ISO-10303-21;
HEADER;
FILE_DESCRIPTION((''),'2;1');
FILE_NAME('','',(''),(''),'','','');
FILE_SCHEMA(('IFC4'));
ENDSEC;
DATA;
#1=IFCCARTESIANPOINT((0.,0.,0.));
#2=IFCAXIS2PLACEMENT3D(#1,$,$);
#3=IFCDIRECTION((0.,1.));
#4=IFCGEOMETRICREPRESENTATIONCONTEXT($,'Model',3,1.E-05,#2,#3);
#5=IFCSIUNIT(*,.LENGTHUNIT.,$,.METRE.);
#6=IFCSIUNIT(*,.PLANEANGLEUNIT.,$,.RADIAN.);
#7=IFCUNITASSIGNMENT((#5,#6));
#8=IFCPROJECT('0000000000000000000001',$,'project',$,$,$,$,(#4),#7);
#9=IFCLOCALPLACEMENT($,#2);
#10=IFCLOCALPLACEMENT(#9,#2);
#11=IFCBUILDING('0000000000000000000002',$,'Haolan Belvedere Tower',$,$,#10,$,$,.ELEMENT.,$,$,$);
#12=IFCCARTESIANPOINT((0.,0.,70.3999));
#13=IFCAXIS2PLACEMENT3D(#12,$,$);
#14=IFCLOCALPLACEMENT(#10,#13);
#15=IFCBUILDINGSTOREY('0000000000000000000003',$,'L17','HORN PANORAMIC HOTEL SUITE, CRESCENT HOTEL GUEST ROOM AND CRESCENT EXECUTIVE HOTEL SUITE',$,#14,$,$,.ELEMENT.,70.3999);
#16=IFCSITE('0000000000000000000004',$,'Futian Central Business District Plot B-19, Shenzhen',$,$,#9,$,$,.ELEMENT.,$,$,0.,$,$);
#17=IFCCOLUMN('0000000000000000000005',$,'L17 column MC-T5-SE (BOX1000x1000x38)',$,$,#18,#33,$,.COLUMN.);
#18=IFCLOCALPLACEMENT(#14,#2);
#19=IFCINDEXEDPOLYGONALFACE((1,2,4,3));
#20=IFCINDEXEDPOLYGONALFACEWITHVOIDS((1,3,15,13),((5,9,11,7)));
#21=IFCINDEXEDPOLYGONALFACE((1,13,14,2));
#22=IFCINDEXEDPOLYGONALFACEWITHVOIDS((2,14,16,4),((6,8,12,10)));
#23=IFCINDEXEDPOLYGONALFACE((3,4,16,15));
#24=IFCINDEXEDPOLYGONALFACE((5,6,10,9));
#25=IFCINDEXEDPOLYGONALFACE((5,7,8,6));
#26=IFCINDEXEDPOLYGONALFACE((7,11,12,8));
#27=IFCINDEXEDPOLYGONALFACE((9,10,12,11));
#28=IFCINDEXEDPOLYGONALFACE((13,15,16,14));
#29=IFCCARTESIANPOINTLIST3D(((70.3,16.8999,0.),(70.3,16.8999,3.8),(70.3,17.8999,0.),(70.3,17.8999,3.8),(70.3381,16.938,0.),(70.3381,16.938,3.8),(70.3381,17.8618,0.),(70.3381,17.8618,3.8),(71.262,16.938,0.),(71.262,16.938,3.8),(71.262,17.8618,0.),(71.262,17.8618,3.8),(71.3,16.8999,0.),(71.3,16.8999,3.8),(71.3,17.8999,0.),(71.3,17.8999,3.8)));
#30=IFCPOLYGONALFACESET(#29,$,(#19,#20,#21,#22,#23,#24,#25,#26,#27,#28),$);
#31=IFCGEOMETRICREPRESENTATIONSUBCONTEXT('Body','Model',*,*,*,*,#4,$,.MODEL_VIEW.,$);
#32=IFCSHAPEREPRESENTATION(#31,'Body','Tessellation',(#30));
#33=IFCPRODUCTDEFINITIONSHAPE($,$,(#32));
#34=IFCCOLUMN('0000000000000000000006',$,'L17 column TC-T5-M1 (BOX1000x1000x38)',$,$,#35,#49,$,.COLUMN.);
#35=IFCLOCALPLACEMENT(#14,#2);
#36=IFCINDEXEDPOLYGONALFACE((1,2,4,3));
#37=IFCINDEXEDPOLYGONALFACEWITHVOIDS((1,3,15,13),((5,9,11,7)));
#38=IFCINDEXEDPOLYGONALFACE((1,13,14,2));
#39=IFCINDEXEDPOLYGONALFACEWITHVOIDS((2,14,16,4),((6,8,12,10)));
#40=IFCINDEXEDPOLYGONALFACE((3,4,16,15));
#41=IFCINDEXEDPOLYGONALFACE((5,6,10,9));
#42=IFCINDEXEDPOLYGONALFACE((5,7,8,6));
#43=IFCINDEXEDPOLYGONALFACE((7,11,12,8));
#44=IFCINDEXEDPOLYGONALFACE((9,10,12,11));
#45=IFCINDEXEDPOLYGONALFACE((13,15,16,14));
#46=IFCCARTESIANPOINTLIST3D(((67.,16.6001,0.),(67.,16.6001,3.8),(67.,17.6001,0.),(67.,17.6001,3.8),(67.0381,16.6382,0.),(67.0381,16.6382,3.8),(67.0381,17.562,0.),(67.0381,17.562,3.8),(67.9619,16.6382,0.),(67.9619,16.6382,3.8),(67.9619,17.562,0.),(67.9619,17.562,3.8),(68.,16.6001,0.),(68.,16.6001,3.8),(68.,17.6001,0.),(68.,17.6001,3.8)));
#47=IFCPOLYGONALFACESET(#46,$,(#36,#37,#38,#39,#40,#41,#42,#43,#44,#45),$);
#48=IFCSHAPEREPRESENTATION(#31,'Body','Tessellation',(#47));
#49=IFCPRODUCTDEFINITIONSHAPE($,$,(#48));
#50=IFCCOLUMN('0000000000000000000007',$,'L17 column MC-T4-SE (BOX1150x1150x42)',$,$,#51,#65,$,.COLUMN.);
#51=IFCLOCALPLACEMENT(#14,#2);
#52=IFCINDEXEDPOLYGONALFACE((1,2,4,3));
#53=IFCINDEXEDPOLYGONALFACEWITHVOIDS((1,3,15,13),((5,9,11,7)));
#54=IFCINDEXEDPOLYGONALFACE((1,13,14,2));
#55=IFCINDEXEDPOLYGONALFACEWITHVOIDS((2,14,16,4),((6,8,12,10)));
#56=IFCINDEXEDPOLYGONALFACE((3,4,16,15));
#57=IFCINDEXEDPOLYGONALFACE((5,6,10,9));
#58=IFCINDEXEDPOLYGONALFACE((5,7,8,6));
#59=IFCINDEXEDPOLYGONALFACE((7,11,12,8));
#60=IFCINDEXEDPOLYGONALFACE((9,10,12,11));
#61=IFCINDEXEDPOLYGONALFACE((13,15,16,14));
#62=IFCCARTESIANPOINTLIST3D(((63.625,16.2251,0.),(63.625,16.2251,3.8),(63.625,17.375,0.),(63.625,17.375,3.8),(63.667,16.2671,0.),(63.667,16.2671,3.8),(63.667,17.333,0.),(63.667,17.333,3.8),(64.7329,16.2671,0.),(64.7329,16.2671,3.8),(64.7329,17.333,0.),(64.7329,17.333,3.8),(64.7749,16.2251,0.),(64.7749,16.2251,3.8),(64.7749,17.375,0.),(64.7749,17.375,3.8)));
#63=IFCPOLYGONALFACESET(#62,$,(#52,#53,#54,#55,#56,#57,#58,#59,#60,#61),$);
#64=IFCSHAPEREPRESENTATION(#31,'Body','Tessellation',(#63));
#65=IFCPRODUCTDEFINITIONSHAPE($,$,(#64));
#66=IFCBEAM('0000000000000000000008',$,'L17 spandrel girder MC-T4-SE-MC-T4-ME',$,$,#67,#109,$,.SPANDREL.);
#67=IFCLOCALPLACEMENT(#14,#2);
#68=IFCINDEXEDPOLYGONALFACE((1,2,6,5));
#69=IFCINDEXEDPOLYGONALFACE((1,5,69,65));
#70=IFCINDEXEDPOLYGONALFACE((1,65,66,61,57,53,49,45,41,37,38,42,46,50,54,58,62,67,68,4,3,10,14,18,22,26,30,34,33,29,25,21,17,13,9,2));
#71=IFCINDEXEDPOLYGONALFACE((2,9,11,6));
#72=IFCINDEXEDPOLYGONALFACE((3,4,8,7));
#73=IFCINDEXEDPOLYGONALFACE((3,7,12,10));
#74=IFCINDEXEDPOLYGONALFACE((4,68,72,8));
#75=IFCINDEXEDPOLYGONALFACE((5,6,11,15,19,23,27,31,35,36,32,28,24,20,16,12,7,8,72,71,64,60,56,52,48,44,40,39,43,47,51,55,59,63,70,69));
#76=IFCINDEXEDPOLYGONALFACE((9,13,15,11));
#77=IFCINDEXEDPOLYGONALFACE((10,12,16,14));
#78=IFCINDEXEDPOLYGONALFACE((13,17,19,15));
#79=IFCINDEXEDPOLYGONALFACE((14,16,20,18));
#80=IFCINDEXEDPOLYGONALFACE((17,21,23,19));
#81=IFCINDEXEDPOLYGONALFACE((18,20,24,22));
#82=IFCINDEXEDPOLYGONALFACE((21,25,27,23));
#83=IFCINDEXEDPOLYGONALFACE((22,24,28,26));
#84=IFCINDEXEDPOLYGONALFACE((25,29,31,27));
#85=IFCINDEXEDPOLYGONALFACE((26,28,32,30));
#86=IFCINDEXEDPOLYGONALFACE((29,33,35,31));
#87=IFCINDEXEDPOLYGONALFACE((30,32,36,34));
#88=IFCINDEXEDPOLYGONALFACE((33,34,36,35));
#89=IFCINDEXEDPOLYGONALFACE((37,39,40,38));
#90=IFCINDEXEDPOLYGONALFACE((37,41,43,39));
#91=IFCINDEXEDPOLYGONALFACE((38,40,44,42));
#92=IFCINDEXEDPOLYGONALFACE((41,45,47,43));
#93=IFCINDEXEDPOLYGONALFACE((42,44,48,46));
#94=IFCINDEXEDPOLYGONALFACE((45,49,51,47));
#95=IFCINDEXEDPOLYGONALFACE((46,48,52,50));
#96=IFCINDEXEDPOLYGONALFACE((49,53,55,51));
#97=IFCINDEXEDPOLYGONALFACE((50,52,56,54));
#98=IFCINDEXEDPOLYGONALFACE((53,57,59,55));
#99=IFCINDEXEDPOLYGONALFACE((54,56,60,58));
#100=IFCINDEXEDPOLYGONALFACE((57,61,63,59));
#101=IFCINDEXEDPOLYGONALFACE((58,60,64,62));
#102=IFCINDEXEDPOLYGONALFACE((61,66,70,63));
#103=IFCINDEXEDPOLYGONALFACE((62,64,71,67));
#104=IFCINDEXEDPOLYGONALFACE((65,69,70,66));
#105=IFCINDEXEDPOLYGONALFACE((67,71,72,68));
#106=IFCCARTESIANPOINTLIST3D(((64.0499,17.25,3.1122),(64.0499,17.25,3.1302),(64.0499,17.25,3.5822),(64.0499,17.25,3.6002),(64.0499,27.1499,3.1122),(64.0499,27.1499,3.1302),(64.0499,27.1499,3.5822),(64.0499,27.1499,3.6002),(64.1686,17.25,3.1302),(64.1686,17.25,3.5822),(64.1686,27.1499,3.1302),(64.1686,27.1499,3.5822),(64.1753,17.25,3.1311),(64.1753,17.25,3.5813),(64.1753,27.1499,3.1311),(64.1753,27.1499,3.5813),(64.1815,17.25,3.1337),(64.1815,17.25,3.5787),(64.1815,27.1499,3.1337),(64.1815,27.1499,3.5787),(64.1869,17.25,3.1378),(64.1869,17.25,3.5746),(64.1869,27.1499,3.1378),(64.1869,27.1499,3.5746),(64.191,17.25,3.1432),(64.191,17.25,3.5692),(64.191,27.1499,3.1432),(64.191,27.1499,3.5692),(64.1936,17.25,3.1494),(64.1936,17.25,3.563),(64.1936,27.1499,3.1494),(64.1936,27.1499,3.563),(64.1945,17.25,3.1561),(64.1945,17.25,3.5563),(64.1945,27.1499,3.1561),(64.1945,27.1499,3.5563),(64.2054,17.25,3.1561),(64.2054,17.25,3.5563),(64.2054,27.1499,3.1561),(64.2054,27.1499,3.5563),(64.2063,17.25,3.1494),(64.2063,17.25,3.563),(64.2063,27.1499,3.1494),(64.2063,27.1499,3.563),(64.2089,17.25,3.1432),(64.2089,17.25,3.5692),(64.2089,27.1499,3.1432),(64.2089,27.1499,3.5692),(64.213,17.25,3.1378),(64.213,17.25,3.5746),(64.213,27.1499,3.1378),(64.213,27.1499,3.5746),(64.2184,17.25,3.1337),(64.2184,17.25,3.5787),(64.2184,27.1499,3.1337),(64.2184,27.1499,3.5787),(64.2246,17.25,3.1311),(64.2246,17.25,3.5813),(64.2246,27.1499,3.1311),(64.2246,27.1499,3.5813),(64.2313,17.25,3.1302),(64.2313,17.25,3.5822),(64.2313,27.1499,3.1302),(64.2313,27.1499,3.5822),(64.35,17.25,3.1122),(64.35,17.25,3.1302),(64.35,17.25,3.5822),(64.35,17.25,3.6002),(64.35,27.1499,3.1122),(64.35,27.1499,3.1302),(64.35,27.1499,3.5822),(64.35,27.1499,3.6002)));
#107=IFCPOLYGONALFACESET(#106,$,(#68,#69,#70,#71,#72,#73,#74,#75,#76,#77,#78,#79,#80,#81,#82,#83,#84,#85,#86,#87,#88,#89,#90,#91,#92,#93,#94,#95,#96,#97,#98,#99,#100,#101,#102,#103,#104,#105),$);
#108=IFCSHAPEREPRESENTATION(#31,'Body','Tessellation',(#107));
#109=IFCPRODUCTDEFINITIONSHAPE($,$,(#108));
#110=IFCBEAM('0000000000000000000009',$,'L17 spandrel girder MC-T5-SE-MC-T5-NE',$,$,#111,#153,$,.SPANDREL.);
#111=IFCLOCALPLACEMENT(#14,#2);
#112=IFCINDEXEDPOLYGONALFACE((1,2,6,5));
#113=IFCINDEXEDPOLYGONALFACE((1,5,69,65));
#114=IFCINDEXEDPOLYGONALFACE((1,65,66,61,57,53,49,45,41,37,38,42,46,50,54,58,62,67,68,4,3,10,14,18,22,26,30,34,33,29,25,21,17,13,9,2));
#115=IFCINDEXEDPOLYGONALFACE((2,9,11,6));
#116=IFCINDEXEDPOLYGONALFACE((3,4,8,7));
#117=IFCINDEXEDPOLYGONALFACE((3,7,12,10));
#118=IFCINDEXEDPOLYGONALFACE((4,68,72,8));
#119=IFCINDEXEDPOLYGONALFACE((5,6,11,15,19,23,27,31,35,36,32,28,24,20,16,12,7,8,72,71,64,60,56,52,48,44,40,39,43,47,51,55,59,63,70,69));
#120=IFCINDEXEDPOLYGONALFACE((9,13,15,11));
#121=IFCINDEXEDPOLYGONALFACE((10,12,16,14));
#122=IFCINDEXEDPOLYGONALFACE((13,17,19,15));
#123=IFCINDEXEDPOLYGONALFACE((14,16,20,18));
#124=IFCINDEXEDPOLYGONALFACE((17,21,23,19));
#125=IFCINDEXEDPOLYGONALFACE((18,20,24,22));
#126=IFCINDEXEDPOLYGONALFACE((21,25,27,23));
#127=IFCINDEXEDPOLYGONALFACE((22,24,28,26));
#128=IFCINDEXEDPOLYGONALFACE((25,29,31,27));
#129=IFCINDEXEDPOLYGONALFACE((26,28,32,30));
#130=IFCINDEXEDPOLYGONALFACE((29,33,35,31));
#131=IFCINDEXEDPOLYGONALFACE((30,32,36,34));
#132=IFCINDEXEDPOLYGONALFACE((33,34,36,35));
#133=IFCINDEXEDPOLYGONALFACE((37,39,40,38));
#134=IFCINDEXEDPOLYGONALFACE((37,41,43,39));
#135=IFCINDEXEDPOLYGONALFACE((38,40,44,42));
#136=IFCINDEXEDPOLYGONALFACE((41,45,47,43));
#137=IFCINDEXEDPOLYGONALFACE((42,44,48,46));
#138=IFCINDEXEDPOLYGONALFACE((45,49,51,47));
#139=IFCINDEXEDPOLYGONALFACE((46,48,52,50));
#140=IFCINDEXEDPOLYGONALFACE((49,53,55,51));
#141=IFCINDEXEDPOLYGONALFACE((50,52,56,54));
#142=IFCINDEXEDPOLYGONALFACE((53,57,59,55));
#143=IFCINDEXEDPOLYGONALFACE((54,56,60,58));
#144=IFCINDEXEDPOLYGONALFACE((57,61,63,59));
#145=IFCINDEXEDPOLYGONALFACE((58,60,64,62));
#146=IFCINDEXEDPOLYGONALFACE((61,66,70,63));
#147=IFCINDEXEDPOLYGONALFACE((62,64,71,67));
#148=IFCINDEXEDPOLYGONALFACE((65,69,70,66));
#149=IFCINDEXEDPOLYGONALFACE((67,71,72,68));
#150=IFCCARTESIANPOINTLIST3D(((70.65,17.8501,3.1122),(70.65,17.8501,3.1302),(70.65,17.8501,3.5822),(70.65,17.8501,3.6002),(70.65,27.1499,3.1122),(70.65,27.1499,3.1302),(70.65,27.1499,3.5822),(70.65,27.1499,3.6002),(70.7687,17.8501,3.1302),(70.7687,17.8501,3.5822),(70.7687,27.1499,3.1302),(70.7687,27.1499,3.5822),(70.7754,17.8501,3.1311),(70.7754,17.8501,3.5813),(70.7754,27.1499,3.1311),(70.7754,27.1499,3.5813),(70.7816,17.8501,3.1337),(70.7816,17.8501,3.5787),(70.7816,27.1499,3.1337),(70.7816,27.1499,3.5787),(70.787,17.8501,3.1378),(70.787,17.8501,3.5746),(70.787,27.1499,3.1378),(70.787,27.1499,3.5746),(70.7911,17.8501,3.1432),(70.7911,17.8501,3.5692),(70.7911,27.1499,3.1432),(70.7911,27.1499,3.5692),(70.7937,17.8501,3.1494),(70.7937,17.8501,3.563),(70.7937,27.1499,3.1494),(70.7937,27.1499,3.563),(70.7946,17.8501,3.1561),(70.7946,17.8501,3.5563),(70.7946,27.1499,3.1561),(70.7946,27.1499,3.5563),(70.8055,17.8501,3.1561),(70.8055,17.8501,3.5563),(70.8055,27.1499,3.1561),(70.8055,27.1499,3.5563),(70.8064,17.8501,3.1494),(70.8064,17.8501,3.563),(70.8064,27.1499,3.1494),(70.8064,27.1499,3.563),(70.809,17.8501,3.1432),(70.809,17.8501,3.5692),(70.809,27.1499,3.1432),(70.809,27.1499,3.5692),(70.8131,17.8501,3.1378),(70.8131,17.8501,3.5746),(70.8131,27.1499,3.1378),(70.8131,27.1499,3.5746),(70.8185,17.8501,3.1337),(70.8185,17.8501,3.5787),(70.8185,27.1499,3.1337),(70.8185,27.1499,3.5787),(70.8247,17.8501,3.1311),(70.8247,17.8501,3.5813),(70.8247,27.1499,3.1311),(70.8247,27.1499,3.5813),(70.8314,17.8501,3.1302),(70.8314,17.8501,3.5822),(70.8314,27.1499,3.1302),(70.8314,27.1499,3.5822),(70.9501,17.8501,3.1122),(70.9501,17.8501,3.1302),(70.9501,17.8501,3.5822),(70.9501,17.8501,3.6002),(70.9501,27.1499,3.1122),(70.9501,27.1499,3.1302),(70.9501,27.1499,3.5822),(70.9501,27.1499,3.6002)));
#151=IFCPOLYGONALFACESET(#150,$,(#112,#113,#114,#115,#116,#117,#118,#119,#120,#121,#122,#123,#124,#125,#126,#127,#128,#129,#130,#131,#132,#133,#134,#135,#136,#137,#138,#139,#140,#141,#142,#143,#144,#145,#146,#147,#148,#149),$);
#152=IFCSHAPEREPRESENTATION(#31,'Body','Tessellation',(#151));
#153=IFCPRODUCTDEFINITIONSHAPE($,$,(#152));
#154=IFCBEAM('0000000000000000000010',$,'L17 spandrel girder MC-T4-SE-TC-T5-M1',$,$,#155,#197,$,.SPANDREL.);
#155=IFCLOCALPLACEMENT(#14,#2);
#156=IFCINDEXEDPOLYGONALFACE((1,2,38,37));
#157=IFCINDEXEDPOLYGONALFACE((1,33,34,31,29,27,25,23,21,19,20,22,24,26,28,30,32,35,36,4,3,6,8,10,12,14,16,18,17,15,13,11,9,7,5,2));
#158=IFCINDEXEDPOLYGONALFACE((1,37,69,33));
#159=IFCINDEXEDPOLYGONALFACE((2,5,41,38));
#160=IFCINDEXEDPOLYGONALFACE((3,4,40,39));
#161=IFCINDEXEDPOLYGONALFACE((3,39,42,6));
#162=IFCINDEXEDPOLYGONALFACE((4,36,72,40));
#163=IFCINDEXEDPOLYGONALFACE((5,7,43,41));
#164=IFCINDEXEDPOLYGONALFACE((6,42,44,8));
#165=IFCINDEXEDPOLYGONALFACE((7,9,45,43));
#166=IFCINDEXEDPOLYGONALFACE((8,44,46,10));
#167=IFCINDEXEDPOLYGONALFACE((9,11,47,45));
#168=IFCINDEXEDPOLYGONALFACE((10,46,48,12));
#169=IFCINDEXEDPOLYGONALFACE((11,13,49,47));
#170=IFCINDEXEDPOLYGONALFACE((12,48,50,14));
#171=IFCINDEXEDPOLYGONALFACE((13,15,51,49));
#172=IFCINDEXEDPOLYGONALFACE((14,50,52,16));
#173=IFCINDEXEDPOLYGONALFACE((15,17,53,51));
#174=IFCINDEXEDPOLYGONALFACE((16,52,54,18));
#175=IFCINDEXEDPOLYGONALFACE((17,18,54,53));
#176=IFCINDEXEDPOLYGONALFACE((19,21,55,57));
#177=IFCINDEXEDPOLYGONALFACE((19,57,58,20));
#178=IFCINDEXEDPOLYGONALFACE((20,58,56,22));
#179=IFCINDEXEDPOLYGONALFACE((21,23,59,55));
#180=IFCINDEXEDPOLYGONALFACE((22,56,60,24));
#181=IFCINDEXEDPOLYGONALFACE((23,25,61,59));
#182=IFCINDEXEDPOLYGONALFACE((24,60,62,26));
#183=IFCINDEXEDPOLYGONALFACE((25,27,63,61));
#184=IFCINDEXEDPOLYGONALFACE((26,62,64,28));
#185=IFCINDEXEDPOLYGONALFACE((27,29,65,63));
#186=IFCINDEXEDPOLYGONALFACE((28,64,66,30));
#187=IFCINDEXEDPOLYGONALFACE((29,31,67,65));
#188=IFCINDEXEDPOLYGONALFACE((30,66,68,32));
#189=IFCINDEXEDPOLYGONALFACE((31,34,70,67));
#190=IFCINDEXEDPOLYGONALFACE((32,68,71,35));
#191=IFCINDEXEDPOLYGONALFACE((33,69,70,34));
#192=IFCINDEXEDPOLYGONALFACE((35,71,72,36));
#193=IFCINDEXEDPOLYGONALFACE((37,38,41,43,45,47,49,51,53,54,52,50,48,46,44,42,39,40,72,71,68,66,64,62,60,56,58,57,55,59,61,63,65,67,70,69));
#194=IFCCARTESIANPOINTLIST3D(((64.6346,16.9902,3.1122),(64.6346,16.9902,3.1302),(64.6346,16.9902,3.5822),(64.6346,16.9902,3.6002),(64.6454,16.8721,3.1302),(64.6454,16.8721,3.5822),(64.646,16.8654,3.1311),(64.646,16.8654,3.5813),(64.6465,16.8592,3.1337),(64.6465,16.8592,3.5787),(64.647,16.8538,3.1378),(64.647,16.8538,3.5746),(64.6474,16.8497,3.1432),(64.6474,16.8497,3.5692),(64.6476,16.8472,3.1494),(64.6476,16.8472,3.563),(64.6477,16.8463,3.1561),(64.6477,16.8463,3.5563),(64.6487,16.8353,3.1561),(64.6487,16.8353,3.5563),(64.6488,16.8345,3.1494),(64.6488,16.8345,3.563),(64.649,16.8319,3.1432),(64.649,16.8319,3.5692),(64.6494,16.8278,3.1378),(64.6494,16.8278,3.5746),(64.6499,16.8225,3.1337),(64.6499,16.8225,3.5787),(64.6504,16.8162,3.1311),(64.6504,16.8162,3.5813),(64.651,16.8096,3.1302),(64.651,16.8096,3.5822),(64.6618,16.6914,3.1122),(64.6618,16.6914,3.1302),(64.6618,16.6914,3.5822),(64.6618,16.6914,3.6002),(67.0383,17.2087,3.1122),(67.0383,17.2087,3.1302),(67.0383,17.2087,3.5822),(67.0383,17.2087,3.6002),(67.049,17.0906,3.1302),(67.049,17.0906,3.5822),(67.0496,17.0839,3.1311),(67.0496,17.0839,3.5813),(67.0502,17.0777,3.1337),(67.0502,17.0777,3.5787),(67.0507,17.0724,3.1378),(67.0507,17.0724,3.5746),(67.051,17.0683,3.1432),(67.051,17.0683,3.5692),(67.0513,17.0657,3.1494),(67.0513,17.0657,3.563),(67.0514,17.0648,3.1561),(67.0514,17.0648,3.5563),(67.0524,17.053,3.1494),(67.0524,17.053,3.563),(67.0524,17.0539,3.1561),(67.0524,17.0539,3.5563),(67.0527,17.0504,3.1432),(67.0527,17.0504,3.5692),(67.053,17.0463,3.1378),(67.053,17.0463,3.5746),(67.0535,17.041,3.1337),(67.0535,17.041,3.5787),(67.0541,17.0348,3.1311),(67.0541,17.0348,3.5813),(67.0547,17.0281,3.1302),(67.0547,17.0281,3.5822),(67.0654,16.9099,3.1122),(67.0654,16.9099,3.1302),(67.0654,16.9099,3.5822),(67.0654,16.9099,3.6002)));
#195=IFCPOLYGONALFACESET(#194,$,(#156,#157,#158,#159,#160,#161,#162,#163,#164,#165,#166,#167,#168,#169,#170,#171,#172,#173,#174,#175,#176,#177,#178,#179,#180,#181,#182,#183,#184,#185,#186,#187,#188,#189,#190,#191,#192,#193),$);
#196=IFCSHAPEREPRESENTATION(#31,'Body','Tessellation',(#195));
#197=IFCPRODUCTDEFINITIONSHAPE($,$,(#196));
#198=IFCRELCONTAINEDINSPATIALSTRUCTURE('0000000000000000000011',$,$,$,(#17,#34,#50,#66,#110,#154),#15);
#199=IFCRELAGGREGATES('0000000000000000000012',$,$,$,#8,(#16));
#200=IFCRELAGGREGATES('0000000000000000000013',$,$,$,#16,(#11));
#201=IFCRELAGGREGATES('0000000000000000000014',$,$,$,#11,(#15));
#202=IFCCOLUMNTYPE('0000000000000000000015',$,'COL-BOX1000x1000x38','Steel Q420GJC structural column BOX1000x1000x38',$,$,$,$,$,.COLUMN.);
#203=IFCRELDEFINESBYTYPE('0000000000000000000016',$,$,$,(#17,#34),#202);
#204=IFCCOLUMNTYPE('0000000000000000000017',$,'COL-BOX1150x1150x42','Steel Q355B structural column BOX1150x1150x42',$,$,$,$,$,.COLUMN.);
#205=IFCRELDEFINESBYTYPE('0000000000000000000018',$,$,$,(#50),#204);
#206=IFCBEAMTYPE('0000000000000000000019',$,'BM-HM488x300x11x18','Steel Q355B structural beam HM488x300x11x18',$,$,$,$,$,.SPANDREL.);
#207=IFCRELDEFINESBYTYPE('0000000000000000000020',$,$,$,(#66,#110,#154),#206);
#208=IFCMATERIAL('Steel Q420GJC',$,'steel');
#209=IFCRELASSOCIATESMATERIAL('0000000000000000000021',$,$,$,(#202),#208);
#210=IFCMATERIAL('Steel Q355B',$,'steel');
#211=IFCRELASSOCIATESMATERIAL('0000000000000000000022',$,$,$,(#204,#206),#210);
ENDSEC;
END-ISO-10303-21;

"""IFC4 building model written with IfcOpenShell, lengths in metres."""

from ifc_helpers import new_model, si_unit, direction, frame, origin, origin_2d, place, context, subcontext, project, spatial, hollow_rectangle, i_section, extrude, material, material_profile, profile_set, type_object, element, save


model = new_model("IFC4")

# Units and contexts
model_context = context("Model", 3, precision=1e-05, world=origin(), true_north=direction((0.0, 1.0)))
body_context = subcontext(model_context, "Body", "Model", "MODEL_VIEW")
ifc_project = project(units=[si_unit("LENGTHUNIT", "METRE"), si_unit("PLANEANGLEUNIT", "RADIAN")], contexts=[model_context])

# Site, building, storey
site_placement = place(None, origin())
site = spatial("IfcSite", under=ifc_project, at=site_placement, Name="Futian Central Business District Plot B-19, Shenzhen", CompositionType="ELEMENT", RefElevation=0.0)
building_placement = place(site_placement, origin())
building = spatial("IfcBuilding", under=site, at=building_placement, Name="Haolan Belvedere Tower", CompositionType="ELEMENT")
storey_placement = place(building_placement, frame((0.0, 0.0, 70.3999)))
storey = spatial("IfcBuildingStorey", under=building, at=storey_placement, Name="L17", Description="HORN PANORAMIC HOTEL SUITE, CRESCENT HOTEL GUEST ROOM AND CRESCENT EXECUTIVE HOTEL SUITE", CompositionType="ELEMENT", Elevation=70.3999)

# Columns
ifc_material_1 = material(Name="Steel Q420GJC", Category="steel")
ifc_material_profile_1 = material_profile(ifc_material_1, hollow_rectangle(XDim=1.0, YDim=1.0, WallThickness=0.0381, at=origin_2d()), Name="Steel Q420GJC")
ifc_profile_set_1 = profile_set([ifc_material_profile_1], Name="Steel Q420GJC")
column_type_1 = type_object("IfcColumnType", Name="COL-BOX1000x1000x38", Description="Steel Q420GJC structural column BOX1000x1000x38", PredefinedType="COLUMN", material=ifc_profile_set_1)
for number, where, z_axis, x_axis, name in (
    (1, (70.8, 17.3999, 0.0), (0.0, 0.0, 1.0), (1.0, 0.0, 0.0), "L17 column MC-T5-SE (BOX1000x1000x38)"),
    (2, (67.5, 17.1001, 0.0), (0.0, 0.0, 1.0), (1.0, 0.0, 0.0), "L17 column TC-T5-M1 (BOX1000x1000x38)"),
):
    element("IfcColumn", number, at=place(storey_placement, frame(where, z_axis=z_axis, x_axis=x_axis)), inside=storey, type_object=column_type_1, Name=name, PredefinedType="COLUMN", context=body_context, shape_type="SweptSolid", body=[
        extrude(hollow_rectangle(XDim=1.0, YDim=1.0, WallThickness=0.0381, at=origin_2d()), origin(), (0.0, 0.0, 1.0), 3.8),
    ])
ifc_material_2 = material(Name="Steel Q355B", Category="steel")
ifc_material_profile_2 = material_profile(ifc_material_2, hollow_rectangle(XDim=1.1499, YDim=1.1499, WallThickness=0.042, at=origin_2d()), Name="Steel Q355B")
ifc_profile_set_2 = profile_set([ifc_material_profile_2], Name="Steel Q355B")
column_type_2 = type_object("IfcColumnType", Name="COL-BOX1150x1150x42", Description="Steel Q355B structural column BOX1150x1150x42", PredefinedType="COLUMN", material=ifc_profile_set_2)
column_placement = place(storey_placement, frame((64.2, 16.8, 0.0), z_axis=(0.0, 0.0, 1.0), x_axis=(1.0, 0.0, 0.0)))
element("IfcColumn", 3, at=column_placement, inside=storey, type_object=column_type_2, Name="L17 column MC-T4-SE (BOX1150x1150x42)", PredefinedType="COLUMN", context=body_context, shape_type="SweptSolid", body=[
    extrude(hollow_rectangle(XDim=1.1499, YDim=1.1499, WallThickness=0.042, at=origin_2d()), origin(), (0.0, 0.0, 1.0), 3.8),
])

# Beams
ifc_material_profile_3 = material_profile(ifc_material_2, i_section(OverallWidth=0.3, OverallDepth=0.488, WebThickness=0.011, FlangeThickness=0.0181, FilletRadius=0.0259, at=origin_2d()), Name="Steel Q355B")
ifc_profile_set_3 = profile_set([ifc_material_profile_3], Name="Steel Q355B")
beam_type = type_object("IfcBeamType", Name="BM-HM488x300x11x18", Description="Steel Q355B structural beam HM488x300x11x18", PredefinedType="SPANDREL", material=ifc_profile_set_3)
beam_1_placement = place(storey_placement, frame((64.2, 17.25, 3.3562), z_axis=(0.0, 1.0, 0.0), x_axis=(-1.0, 0.0, 0.0)))
element("IfcBeam", 4, at=beam_1_placement, inside=storey, type_object=beam_type, Name="L17 spandrel girder MC-T4-SE-MC-T4-ME", PredefinedType="SPANDREL", context=body_context, shape_type="SweptSolid", body=[
    extrude(i_section(OverallWidth=0.3, OverallDepth=0.488, WebThickness=0.011, FlangeThickness=0.0181, FilletRadius=0.0259, at=origin_2d()), origin(), (0.0, 0.0, 1.0), 9.8999),
])
beam_2_placement = place(storey_placement, frame((70.8, 17.8501, 3.3562), z_axis=(0.0, 1.0, 0.0), x_axis=(-1.0, 0.0, 0.0)))
element("IfcBeam", 5, at=beam_2_placement, inside=storey, type_object=beam_type, Name="L17 spandrel girder MC-T5-SE-MC-T5-NE", PredefinedType="SPANDREL", context=body_context, shape_type="SweptSolid", body=[
    extrude(i_section(OverallWidth=0.3, OverallDepth=0.488, WebThickness=0.011, FlangeThickness=0.0181, FilletRadius=0.0259, at=origin_2d()), origin(), (0.0, 0.0, 1.0), 9.2998),
])
for number, where, z_axis, x_axis, name in (
    (6, (64.6482, 16.8408, 3.3562), (0.995893, 0.090536, 0.0), (-0.090536, 0.995893, 0.0), "L17 spandrel girder MC-T4-SE-TC-T5-M1"),
):
    element("IfcBeam", number, at=place(storey_placement, frame(where, z_axis=z_axis, x_axis=x_axis)), inside=storey, type_object=beam_type, Name=name, PredefinedType="SPANDREL", context=body_context, shape_type="SweptSolid", body=[
        extrude(i_section(OverallWidth=0.3, OverallDepth=0.488, WebThickness=0.011, FlangeThickness=0.0181, FilletRadius=0.0259, at=origin_2d()), origin(), (0.0, 0.0, 1.0), 2.4136),
    ])

save(model, "model.ifc")
